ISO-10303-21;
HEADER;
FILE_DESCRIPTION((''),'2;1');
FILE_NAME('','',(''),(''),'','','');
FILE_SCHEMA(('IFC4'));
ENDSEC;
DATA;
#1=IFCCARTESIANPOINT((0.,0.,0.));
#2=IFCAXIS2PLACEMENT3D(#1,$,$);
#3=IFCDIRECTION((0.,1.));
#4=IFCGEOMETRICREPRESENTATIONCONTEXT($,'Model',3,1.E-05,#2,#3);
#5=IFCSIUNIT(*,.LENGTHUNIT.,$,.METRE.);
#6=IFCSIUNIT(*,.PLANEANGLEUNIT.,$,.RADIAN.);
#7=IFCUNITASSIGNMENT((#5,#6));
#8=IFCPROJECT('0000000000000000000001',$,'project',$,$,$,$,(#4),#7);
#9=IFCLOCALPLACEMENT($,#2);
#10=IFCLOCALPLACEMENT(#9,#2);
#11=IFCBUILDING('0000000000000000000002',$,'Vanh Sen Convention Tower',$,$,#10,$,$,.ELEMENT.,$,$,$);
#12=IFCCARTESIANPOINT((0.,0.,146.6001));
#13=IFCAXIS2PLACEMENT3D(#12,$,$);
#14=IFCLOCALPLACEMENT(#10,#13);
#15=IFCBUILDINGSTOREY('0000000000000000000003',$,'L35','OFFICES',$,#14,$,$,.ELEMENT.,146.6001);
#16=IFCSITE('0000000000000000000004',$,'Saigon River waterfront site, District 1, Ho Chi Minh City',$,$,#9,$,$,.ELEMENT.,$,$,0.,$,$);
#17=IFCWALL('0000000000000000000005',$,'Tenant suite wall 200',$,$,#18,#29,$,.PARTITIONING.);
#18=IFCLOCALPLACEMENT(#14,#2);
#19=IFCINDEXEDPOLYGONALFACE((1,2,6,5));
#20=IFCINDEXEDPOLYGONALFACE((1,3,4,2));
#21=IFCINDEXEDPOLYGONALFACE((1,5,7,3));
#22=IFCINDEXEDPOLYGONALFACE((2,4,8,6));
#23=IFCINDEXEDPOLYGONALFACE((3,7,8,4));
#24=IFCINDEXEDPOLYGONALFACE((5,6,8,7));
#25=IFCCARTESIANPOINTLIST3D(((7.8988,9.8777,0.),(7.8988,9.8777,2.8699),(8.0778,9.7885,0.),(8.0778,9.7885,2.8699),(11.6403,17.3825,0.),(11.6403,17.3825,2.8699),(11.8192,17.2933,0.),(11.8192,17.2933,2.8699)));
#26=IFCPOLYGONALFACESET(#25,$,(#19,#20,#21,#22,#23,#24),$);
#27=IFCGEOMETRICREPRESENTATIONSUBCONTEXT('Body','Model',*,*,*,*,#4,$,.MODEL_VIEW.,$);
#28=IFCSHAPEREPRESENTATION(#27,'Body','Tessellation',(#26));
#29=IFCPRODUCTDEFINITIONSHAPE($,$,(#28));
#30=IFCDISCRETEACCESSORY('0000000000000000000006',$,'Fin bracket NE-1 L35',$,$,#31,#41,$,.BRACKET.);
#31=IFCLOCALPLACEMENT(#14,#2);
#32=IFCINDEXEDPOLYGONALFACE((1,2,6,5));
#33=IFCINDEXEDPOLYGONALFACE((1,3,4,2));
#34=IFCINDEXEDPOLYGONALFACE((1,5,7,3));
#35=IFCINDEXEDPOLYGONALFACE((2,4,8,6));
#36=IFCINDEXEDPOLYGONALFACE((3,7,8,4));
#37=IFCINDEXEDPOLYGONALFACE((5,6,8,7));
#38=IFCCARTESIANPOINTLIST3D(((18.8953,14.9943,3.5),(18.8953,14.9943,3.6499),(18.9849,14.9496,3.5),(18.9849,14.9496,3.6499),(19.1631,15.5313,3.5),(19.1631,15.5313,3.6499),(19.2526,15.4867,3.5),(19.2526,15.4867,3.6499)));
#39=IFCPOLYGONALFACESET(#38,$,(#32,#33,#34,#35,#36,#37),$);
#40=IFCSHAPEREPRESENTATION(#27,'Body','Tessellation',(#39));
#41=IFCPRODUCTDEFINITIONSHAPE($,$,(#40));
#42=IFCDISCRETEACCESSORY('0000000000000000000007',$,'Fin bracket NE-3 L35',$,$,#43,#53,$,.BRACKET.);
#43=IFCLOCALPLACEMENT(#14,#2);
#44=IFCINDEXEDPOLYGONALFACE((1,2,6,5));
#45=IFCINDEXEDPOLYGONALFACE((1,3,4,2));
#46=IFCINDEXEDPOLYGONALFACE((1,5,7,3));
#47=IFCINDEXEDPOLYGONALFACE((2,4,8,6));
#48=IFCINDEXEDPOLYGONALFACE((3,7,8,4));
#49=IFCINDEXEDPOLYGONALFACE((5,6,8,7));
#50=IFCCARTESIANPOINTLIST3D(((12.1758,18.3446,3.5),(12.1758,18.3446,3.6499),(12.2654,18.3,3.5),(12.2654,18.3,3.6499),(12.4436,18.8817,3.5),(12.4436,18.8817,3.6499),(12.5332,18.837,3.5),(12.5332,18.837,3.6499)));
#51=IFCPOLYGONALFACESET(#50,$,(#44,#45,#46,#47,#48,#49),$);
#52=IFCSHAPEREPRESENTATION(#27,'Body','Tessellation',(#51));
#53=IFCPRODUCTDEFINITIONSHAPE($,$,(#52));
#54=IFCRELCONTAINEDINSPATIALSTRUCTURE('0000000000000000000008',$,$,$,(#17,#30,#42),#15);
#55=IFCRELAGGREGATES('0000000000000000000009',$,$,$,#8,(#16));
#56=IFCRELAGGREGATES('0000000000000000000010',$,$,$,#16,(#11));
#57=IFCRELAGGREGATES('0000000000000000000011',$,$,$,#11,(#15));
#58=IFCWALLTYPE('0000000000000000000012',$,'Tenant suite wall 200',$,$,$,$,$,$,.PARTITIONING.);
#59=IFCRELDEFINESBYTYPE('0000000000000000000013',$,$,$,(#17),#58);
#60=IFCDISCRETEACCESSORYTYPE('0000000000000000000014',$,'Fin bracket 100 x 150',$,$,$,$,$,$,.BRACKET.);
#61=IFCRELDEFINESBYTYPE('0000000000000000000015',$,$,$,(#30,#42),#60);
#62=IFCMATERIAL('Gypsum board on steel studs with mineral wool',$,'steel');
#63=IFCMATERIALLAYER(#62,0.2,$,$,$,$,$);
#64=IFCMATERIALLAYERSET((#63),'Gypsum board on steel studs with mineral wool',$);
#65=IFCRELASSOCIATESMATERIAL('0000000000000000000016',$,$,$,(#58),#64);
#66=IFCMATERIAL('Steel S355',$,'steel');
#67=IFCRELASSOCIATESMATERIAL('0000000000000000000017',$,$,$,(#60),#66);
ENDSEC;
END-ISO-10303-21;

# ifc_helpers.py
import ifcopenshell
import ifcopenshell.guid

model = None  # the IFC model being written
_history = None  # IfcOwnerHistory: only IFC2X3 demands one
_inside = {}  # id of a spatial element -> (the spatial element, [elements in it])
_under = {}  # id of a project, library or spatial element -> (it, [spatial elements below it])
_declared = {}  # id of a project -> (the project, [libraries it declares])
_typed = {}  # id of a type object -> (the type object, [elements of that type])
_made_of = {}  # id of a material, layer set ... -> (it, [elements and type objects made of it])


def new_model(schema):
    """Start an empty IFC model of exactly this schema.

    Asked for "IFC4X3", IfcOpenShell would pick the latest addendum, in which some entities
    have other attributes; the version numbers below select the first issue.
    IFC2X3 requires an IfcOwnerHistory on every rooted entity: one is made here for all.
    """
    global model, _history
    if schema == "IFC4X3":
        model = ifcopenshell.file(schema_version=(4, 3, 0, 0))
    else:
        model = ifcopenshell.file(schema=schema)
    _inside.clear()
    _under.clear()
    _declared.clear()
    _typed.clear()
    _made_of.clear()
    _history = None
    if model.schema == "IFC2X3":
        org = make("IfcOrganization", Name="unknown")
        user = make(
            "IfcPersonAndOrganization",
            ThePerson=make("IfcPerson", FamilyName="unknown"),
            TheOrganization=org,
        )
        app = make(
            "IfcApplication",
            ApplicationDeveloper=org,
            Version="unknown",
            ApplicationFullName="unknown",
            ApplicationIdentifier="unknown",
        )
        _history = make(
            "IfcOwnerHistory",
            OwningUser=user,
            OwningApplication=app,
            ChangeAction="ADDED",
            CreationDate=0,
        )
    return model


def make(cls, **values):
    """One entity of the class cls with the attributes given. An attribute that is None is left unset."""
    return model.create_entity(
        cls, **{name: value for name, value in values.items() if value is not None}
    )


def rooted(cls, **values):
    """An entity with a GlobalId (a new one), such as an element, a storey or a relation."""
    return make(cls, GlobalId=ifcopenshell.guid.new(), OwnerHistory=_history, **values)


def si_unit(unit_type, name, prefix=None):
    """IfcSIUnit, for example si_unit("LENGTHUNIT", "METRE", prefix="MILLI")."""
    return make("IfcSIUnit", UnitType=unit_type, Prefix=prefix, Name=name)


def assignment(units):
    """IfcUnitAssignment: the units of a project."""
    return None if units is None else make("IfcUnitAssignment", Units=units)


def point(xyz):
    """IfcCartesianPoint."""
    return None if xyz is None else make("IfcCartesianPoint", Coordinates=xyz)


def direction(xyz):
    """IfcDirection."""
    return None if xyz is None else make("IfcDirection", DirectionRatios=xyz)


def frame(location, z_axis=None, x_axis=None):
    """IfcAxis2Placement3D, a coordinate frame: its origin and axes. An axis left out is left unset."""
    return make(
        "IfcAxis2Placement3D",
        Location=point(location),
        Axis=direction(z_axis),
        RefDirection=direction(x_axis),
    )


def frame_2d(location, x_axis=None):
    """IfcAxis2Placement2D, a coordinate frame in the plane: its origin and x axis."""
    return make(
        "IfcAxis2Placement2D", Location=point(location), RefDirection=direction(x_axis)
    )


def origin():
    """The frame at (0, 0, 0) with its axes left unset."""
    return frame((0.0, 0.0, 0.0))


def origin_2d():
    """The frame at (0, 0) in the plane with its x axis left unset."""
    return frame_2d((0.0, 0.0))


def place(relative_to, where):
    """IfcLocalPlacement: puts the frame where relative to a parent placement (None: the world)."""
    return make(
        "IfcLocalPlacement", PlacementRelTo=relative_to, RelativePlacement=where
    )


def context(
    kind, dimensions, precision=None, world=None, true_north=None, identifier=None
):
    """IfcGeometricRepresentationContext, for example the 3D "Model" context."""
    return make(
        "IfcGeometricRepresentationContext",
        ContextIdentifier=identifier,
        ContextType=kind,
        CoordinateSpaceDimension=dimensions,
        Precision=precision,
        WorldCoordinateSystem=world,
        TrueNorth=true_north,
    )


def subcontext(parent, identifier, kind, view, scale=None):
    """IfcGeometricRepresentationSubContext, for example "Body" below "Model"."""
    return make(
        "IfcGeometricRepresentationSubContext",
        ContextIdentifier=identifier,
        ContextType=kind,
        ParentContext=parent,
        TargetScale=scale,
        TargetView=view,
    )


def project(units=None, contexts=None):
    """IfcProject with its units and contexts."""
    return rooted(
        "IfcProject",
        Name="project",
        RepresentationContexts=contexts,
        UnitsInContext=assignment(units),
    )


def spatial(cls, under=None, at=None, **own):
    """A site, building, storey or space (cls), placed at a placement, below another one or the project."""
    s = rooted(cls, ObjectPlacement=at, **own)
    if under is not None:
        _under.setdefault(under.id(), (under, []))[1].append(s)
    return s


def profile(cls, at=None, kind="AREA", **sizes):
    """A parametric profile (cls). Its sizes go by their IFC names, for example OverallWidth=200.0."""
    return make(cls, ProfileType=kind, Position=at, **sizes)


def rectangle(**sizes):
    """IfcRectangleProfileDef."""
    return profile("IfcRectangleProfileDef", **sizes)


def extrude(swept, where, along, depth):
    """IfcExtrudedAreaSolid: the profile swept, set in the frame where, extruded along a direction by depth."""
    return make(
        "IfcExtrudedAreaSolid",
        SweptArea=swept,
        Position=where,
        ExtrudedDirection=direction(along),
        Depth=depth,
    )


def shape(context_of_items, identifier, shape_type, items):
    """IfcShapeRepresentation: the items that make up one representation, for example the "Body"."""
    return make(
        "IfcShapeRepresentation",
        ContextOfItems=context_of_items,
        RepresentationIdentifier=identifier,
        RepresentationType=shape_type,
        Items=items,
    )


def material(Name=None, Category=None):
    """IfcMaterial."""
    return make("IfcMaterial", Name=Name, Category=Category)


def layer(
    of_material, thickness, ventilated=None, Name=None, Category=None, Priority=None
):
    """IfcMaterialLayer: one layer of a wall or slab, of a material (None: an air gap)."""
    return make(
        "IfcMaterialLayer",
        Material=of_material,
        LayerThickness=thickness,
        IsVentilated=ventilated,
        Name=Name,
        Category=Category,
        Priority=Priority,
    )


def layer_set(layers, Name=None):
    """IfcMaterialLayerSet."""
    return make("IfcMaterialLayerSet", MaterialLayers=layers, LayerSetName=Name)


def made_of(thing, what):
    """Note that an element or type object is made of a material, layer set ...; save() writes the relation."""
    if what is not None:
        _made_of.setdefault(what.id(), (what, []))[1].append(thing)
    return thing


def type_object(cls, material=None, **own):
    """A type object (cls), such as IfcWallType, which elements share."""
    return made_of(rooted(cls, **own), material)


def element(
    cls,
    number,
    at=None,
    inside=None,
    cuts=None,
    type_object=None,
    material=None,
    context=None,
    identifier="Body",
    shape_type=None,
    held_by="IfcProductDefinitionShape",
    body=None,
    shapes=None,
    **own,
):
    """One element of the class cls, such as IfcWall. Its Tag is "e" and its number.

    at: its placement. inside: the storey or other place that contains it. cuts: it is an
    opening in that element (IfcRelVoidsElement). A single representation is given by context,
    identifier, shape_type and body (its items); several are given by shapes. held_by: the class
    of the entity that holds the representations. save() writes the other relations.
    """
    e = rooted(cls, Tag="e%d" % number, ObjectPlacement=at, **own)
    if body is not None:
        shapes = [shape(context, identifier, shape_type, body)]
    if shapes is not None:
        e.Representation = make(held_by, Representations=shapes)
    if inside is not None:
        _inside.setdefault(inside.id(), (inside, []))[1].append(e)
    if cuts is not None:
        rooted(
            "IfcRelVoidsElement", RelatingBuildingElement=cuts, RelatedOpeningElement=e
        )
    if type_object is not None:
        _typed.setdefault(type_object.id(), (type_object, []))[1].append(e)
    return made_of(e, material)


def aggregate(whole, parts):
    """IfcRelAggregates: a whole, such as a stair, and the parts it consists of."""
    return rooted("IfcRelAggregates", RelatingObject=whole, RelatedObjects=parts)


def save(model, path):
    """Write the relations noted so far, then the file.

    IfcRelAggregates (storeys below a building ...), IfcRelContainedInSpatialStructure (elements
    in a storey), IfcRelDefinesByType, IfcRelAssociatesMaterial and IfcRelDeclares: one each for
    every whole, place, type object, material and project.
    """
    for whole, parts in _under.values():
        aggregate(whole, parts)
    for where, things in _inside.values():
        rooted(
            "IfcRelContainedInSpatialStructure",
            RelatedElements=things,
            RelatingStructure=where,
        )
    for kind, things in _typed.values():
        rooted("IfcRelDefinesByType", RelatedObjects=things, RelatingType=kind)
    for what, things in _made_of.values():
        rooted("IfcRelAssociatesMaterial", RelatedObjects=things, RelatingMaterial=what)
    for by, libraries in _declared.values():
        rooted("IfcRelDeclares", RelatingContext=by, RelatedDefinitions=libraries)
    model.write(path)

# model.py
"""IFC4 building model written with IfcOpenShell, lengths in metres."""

from ifc_helpers import new_model, si_unit, direction, frame, frame_2d, origin, origin_2d, place, context, subcontext, project, spatial, rectangle, extrude, material, layer, layer_set, type_object, element, save


model = new_model("IFC4")

# Units and contexts
model_context = context("Model", 3, precision=1e-05, world=origin(), true_north=direction((0.0, 1.0)))
body_context = subcontext(model_context, "Body", "Model", "MODEL_VIEW")
ifc_project = project(units=[si_unit("LENGTHUNIT", "METRE"), si_unit("PLANEANGLEUNIT", "RADIAN")], contexts=[model_context])

# Site, building, storey
site_placement = place(None, origin())
site = spatial("IfcSite", under=ifc_project, at=site_placement, Name="Saigon River waterfront site, District 1, Ho Chi Minh City", CompositionType="ELEMENT", RefElevation=0.0)
building_placement = place(site_placement, origin())
building = spatial("IfcBuilding", under=site, at=building_placement, Name="Vanh Sen Convention Tower", CompositionType="ELEMENT")
storey_placement = place(building_placement, frame((0.0, 0.0, 146.6001)))
storey = spatial("IfcBuildingStorey", under=building, at=storey_placement, Name="L35", Description="OFFICES", CompositionType="ELEMENT", Elevation=146.6001)

# Wall
ifc_material_1 = material(Name="Gypsum board on steel studs with mineral wool", Category="steel")
ifc_layer_1 = layer(ifc_material_1, 0.2)
ifc_layer_set_1 = layer_set([ifc_layer_1], Name="Gypsum board on steel studs with mineral wool")
wall_type_1 = type_object("IfcWallType", Name="Tenant suite wall 200", PredefinedType="PARTITIONING", material=ifc_layer_set_1)
wall_1_placement = place(storey_placement, frame((11.7297, 17.3379, 0.0), z_axis=(0.0, 0.0, 1.0), x_axis=(-0.446165, -0.894951, 0.0)))
element("IfcWall", 1, at=wall_1_placement, inside=storey, type_object=wall_type_1, Name="Tenant suite wall 200", PredefinedType="PARTITIONING", context=body_context, shape_type="SweptSolid", body=[
    extrude(rectangle(XDim=8.3857, YDim=0.2, at=frame_2d((4.1929, 0.0))), origin(), (0.0, 0.0, 1.0), 2.8699),
])

# Discrete accessories
ifc_material_2 = material(Name="Steel S355", Category="steel")
discrete_accessory_type = type_object("IfcDiscreteAccessoryType", Name="Fin bracket 100 x 150", PredefinedType="BRACKET", material=ifc_material_2)
for number, where, z_axis, x_axis, name in (
    (2, (19.074, 15.2405, 3.5), (0.0, 0.0, 1.0), (0.446198, 0.894934, 0.0), "Fin bracket NE-1 L35"),
    (3, (12.3545, 18.5908, 3.5), (0.0, 0.0, 1.0), (0.446198, 0.894934, 0.0), "Fin bracket NE-3 L35"),
):
    element("IfcDiscreteAccessory", number, at=place(storey_placement, frame(where, z_axis=z_axis, x_axis=x_axis)), inside=storey, type_object=discrete_accessory_type, Name=name, PredefinedType="BRACKET", context=body_context, shape_type="SweptSolid", body=[
        extrude(rectangle(XDim=0.6001, YDim=0.1001, at=origin_2d()), origin(), (0.0, 0.0, 1.0), 0.1499),
    ])

save(model, "model.ifc")
